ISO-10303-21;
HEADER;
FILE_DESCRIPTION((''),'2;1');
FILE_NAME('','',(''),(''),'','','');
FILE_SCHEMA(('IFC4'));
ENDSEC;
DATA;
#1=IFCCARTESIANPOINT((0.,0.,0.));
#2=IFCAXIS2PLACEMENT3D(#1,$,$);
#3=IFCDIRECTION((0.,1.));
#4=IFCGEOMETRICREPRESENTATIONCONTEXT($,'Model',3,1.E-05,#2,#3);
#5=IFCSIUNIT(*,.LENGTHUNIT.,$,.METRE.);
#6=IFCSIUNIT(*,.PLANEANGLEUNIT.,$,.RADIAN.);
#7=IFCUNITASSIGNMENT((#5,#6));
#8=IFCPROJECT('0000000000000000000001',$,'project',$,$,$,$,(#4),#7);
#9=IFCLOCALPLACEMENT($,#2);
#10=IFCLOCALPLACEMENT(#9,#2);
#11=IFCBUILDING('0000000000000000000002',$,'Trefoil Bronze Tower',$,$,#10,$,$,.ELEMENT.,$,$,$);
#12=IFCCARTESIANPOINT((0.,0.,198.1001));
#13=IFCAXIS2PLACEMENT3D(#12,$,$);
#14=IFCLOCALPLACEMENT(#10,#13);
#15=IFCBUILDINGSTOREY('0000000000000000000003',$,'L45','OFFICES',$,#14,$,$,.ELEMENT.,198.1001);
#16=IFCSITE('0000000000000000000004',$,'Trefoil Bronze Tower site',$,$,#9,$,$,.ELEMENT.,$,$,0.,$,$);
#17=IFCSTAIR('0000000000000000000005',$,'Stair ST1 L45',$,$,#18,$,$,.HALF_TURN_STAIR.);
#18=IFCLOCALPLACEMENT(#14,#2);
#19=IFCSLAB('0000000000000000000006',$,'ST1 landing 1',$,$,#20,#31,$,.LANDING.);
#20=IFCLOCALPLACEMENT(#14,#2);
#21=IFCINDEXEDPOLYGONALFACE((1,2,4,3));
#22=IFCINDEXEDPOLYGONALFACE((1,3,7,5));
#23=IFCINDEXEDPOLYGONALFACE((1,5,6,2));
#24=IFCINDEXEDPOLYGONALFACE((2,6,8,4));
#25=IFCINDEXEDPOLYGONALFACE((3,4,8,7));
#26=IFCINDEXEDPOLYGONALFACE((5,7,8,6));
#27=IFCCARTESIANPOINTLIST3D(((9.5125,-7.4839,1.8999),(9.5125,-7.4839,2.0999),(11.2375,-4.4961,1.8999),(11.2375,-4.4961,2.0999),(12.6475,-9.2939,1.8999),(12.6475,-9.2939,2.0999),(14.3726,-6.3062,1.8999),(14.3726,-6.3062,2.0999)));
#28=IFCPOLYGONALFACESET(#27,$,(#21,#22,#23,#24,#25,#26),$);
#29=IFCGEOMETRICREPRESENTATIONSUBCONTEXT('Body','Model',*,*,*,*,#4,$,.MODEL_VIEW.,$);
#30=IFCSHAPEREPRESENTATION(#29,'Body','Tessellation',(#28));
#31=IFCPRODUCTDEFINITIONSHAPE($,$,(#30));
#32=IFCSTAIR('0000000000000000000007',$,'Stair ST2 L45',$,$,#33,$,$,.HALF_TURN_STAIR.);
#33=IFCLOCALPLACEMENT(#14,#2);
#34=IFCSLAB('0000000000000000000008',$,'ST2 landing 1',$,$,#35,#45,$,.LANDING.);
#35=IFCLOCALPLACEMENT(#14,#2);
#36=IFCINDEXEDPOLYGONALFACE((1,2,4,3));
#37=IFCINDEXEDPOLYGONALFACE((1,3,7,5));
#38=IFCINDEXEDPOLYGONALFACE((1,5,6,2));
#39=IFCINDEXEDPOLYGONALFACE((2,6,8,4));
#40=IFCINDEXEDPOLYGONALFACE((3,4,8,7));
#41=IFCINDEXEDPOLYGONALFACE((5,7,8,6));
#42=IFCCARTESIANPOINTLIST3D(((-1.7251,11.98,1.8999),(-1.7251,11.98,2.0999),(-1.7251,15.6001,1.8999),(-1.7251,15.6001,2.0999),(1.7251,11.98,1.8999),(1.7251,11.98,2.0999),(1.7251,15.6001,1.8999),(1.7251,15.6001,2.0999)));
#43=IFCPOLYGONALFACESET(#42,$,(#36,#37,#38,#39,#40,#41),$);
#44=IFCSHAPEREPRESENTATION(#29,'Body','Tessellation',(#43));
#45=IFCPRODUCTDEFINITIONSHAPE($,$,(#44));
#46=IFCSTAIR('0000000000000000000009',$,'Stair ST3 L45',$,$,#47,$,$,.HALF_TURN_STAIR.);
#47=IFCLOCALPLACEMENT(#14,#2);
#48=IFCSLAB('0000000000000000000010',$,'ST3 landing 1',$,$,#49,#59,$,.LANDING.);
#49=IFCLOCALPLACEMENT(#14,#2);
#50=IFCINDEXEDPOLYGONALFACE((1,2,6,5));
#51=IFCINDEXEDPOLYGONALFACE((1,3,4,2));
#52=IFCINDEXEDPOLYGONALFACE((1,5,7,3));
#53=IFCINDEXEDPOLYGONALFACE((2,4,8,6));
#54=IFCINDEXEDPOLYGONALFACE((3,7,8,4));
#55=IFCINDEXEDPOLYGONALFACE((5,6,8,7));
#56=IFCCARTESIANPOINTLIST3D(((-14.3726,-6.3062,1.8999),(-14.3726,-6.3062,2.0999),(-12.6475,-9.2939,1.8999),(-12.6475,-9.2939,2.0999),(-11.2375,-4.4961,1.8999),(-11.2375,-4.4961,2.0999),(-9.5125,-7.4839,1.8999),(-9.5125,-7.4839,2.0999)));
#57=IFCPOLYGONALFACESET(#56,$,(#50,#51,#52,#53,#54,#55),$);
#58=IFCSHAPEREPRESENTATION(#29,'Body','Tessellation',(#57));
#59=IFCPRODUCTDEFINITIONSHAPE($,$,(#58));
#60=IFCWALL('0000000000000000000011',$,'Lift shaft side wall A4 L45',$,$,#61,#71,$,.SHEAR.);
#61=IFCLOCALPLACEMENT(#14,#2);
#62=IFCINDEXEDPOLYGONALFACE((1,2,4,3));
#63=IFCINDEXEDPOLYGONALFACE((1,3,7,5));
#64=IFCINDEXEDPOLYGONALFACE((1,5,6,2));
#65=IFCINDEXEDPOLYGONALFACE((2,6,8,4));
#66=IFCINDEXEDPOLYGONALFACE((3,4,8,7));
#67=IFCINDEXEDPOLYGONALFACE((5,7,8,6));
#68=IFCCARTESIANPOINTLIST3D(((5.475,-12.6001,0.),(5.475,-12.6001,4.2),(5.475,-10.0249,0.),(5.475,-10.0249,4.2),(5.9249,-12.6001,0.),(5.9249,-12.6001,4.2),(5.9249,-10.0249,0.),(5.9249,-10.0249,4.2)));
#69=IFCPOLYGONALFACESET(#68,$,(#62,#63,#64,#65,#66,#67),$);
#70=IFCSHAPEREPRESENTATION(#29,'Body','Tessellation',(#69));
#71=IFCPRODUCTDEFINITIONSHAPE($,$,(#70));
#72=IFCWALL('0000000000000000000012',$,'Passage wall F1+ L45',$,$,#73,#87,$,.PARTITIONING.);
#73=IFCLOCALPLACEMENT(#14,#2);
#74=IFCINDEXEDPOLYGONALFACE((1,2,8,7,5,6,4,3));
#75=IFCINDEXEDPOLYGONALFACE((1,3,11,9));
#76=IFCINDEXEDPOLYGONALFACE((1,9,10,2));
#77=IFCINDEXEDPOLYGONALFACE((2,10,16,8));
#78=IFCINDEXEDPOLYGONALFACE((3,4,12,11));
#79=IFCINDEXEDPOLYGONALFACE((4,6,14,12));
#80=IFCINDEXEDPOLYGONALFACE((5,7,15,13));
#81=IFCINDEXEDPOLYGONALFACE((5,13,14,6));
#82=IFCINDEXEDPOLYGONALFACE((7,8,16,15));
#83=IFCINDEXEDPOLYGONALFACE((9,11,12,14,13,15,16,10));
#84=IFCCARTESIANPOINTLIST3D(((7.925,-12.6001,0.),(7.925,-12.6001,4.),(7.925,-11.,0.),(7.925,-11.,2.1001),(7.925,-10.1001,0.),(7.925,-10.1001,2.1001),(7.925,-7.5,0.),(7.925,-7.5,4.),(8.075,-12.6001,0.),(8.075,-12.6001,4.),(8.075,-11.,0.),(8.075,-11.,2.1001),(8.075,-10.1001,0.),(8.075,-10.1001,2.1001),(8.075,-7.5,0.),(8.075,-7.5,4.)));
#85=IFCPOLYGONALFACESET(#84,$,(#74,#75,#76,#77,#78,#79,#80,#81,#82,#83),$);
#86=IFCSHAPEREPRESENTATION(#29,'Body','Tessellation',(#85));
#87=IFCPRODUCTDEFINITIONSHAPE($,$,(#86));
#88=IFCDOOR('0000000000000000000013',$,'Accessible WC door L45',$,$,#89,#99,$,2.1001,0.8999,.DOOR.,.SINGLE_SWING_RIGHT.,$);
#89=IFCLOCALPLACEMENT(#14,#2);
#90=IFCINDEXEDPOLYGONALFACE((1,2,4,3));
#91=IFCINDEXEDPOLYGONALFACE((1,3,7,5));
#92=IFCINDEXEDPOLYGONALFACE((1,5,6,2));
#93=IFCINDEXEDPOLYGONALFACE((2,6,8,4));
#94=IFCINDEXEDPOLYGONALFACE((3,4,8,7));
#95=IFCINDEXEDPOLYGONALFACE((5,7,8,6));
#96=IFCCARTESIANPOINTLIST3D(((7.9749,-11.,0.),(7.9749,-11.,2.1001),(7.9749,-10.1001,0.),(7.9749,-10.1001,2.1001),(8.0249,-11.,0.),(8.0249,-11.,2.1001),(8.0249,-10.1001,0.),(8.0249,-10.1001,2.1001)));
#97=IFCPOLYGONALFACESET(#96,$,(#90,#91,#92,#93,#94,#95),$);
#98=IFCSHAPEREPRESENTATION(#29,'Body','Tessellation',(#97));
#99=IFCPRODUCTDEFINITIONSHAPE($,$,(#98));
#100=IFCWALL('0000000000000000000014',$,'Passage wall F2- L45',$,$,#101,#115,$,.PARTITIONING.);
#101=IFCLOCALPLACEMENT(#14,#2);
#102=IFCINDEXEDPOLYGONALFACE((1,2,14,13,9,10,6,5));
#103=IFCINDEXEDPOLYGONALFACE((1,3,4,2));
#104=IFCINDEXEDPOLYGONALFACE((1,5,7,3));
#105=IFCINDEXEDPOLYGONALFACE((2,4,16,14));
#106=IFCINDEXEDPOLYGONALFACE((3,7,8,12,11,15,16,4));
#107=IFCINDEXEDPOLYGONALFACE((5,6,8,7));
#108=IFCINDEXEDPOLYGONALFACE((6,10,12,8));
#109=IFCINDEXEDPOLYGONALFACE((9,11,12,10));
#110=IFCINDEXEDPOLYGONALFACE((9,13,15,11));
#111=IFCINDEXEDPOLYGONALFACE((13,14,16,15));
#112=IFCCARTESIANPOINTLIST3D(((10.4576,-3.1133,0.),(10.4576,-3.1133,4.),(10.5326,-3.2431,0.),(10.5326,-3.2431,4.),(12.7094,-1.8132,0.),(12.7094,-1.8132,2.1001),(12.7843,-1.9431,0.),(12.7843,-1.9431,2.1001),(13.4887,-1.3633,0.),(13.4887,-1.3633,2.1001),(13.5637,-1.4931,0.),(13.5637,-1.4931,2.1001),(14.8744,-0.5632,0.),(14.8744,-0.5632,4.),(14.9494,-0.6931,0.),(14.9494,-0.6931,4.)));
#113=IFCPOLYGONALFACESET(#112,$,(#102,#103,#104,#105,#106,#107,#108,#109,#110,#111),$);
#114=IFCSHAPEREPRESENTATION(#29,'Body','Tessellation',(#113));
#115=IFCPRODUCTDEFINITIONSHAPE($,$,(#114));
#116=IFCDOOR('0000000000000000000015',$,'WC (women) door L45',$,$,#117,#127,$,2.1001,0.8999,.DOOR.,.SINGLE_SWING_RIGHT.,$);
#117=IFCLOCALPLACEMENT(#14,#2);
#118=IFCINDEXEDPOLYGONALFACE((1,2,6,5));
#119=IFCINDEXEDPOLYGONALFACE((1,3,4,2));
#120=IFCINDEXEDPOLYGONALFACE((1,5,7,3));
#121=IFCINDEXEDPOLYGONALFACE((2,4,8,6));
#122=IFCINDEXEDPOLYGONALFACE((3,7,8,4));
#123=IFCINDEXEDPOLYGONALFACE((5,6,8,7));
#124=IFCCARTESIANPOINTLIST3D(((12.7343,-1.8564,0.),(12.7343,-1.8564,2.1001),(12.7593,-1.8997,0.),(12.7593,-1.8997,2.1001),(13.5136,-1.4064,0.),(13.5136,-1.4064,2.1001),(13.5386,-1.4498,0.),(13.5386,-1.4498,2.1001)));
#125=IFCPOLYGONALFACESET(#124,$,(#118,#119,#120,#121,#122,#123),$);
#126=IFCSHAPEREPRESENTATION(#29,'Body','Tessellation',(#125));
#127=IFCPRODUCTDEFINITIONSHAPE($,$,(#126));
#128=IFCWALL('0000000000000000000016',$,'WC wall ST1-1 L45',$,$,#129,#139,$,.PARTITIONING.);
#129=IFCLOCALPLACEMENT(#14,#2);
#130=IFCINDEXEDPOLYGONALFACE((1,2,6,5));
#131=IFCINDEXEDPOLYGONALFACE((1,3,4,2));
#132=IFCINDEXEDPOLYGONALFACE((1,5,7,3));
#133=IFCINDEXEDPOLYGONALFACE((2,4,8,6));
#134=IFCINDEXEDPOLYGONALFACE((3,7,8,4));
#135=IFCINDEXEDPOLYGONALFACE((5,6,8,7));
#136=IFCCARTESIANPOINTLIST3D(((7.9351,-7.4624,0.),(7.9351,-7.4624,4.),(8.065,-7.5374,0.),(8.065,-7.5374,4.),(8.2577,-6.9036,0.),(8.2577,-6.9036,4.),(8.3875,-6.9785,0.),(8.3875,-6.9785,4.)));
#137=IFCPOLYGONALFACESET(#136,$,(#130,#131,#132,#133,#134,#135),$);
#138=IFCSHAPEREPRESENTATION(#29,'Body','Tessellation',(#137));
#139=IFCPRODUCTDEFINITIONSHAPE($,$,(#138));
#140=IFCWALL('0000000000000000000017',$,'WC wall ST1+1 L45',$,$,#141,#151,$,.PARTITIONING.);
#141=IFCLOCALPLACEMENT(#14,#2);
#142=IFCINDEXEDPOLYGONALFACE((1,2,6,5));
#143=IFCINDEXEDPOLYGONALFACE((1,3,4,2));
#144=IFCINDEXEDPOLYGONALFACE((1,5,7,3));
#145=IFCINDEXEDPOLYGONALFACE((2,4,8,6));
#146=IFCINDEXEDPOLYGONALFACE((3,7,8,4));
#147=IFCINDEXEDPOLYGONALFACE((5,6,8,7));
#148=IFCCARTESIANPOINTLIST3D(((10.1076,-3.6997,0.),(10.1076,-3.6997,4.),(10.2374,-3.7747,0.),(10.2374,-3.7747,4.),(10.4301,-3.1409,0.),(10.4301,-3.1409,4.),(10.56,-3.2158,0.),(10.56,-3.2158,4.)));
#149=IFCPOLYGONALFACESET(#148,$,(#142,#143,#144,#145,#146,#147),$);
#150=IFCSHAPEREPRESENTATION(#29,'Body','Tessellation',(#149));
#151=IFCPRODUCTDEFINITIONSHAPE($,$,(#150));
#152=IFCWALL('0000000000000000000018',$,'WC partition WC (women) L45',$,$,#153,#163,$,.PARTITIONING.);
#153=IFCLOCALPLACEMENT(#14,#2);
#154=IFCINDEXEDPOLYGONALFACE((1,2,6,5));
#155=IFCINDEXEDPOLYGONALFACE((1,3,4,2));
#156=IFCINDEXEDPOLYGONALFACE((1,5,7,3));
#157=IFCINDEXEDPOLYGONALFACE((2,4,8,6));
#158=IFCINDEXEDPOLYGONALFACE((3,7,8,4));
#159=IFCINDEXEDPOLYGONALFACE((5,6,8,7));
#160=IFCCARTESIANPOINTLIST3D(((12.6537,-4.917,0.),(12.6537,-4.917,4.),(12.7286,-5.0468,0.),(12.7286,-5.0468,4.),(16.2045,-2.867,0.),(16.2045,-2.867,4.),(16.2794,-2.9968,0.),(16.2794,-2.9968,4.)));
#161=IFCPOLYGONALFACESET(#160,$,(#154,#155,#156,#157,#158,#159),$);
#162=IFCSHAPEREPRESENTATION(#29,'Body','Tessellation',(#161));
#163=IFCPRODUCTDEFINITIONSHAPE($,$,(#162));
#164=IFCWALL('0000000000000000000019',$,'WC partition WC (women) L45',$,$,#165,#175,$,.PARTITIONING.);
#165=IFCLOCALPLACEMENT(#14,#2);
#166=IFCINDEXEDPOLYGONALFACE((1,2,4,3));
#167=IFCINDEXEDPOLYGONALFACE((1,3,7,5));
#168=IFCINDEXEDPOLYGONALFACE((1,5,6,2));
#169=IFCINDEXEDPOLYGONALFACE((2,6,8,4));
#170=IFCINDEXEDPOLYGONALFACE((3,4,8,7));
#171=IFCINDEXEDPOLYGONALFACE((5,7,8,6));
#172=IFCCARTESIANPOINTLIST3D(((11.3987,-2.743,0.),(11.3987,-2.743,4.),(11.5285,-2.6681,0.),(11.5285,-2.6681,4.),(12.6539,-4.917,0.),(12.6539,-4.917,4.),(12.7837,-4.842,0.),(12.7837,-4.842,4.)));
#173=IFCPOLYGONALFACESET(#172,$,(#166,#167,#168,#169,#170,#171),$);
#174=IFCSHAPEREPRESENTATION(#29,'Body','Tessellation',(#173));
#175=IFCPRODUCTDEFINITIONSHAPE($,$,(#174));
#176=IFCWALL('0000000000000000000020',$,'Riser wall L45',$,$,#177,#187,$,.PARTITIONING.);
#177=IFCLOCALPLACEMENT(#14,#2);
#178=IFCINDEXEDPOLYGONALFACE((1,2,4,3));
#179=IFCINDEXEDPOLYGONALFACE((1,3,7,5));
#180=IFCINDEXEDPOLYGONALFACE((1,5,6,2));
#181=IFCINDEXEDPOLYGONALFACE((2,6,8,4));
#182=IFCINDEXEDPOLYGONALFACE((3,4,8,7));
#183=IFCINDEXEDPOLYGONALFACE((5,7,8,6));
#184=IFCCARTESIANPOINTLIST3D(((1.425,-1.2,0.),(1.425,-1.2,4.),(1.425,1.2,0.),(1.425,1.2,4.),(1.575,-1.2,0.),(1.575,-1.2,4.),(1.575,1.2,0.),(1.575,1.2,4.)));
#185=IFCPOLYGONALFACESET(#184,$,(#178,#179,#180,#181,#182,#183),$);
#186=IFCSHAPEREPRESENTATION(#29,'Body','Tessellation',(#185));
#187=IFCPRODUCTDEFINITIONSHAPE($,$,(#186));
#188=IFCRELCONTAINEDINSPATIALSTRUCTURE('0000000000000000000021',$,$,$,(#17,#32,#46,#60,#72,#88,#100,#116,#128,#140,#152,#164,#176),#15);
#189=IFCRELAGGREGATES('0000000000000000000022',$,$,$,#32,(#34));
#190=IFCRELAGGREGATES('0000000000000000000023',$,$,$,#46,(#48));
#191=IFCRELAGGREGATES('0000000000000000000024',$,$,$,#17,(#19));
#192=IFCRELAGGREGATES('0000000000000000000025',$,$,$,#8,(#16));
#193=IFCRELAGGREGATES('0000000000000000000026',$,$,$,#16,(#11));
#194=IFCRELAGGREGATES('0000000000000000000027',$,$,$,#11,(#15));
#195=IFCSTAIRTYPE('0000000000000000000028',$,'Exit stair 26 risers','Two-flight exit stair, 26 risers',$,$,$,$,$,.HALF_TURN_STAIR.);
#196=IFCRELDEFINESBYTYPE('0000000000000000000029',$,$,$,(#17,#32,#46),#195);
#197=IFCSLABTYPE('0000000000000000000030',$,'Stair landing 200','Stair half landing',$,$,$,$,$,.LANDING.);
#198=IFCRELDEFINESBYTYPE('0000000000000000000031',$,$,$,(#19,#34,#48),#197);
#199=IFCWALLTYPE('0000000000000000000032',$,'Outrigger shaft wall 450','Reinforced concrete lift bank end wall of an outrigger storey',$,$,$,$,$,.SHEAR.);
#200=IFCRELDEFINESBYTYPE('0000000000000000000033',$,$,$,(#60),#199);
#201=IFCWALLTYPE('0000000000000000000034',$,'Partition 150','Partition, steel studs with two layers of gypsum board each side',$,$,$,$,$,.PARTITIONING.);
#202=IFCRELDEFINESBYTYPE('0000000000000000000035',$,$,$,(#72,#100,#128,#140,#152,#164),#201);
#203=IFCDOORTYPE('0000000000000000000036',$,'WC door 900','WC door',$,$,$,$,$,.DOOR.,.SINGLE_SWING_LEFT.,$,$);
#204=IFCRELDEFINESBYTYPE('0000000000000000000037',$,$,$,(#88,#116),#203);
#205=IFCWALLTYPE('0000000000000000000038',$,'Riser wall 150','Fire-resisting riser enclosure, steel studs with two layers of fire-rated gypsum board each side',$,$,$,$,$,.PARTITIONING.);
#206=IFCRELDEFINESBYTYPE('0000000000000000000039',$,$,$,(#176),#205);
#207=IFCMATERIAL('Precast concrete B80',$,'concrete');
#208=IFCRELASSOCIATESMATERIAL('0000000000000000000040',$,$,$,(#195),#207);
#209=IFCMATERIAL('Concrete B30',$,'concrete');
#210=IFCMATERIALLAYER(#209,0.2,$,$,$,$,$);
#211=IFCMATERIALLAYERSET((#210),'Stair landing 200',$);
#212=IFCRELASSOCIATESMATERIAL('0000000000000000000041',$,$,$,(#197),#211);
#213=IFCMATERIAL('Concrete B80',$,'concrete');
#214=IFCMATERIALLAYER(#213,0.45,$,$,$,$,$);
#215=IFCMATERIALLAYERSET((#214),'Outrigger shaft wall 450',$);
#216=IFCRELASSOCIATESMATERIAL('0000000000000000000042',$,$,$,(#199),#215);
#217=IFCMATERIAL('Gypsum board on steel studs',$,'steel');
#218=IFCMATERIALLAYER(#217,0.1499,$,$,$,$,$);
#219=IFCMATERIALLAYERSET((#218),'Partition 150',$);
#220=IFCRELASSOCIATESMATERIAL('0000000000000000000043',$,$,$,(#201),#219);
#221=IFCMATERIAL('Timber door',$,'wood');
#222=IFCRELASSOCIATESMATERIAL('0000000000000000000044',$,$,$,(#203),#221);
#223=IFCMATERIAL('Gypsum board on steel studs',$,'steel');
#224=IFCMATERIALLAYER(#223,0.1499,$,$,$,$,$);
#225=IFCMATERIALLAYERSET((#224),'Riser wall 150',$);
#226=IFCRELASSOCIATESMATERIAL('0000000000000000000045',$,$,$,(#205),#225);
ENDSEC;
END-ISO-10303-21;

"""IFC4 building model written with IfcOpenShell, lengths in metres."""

from ifc_helpers import new_model, si_unit, direction, frame, frame_2d, origin, place, context, subcontext, project, spatial, polyline, rectangle, outline, extrude, material, layer, layer_set, type_object, element, fill, aggregate, save


model = new_model("IFC4")

# Units and contexts
model_context = context("Model", 3, precision=1e-05, world=origin(), true_north=direction((0.0, 1.0)))
body_context = subcontext(model_context, "Body", "Model", "MODEL_VIEW")
ifc_project = project(units=[si_unit("LENGTHUNIT", "METRE"), si_unit("PLANEANGLEUNIT", "RADIAN")], contexts=[model_context])

# Site, building, storey
site_placement = place(None, origin())
site = spatial("IfcSite", under=ifc_project, at=site_placement, Name="Trefoil Bronze Tower site", CompositionType="ELEMENT", RefElevation=0.0)
building_placement = place(site_placement, origin())
building = spatial("IfcBuilding", under=site, at=building_placement, Name="Trefoil Bronze Tower", CompositionType="ELEMENT")
storey_placement = place(building_placement, frame((0.0, 0.0, 198.1001)))
storey = spatial("IfcBuildingStorey", under=building, at=storey_placement, Name="L45", Description="OFFICES", CompositionType="ELEMENT", Elevation=198.1001)

# Stairs, slabs
ifc_material_1 = material(Name="Precast concrete B80", Category="concrete")
stair_type = type_object("IfcStairType", Name="Exit stair 26 risers", Description="Two-flight exit stair, 26 risers", PredefinedType="HALF_TURN_STAIR", material=ifc_material_1)
stair_1_placement = place(storey_placement, origin())
stair_1 = element("IfcStair", 1, at=stair_1_placement, inside=storey, type_object=stair_type, Name="Stair ST1 L45", PredefinedType="HALF_TURN_STAIR")
ifc_material_2 = material(Name="Concrete B30", Category="concrete")
ifc_layer_1 = layer(ifc_material_2, 0.2)
ifc_layer_set_1 = layer_set([ifc_layer_1], Name="Stair landing 200")
slab_type = type_object("IfcSlabType", Name="Stair landing 200", Description="Stair half landing", PredefinedType="LANDING", material=ifc_layer_set_1)
slab_1_placement = place(storey_placement, frame((0.0, 0.0, 1.8999)))
slab_1 = element("IfcSlab", 2, at=slab_1_placement, type_object=slab_type, Name="ST1 landing 1", PredefinedType="LANDING", context=body_context, shape_type="SweptSolid", body=[
    extrude(outline(polyline([(9.5125, -7.4839), (12.6475, -9.2939), (14.3726, -6.3062), (11.2375, -4.4961), (9.5125, -7.4839)])), origin(), (0.0, 0.0, 1.0), 0.2),
])
stair_2_placement = place(storey_placement, origin())
stair_2 = element("IfcStair", 3, at=stair_2_placement, inside=storey, type_object=stair_type, Name="Stair ST2 L45", PredefinedType="HALF_TURN_STAIR")
slab_2_placement = place(storey_placement, frame((0.0, 0.0, 1.8999)))
slab_2 = element("IfcSlab", 4, at=slab_2_placement, type_object=slab_type, Name="ST2 landing 1", PredefinedType="LANDING", context=body_context, shape_type="SweptSolid", body=[
    extrude(outline(polyline([(1.7251, 11.98), (1.7251, 15.6001), (-1.7251, 15.6001), (-1.7251, 11.98), (1.7251, 11.98)])), origin(), (0.0, 0.0, 1.0), 0.2),
])
aggregate(stair_2, [slab_2])
stair_3_placement = place(storey_placement, origin())
stair_3 = element("IfcStair", 5, at=stair_3_placement, inside=storey, type_object=stair_type, Name="Stair ST3 L45", PredefinedType="HALF_TURN_STAIR")
slab_3_placement = place(storey_placement, frame((0.0, 0.0, 1.8999)))
slab_3 = element("IfcSlab", 6, at=slab_3_placement, type_object=slab_type, Name="ST3 landing 1", PredefinedType="LANDING", context=body_context, shape_type="SweptSolid", body=[
    extrude(outline(polyline([(-11.2375, -4.4961), (-14.3726, -6.3062), (-12.6475, -9.2939), (-9.5125, -7.4839), (-11.2375, -4.4961)])), origin(), (0.0, 0.0, 1.0), 0.2),
])
aggregate(stair_3, [slab_3])

# Wall
ifc_material_3 = material(Name="Concrete B80", Category="concrete")
ifc_layer_2 = layer(ifc_material_3, 0.45)
ifc_layer_set_2 = layer_set([ifc_layer_2], Name="Outrigger shaft wall 450")
wall_type_1 = type_object("IfcWallType", Name="Outrigger shaft wall 450", Description="Reinforced concrete lift bank end wall of an outrigger storey", PredefinedType="SHEAR", material=ifc_layer_set_2)
wall_1_placement = place(storey_placement, frame((5.7, -10.0249, 0.0), z_axis=(0.0, 0.0, 1.0), x_axis=(0.0, -1.0, 0.0)))
element("IfcWall", 7, at=wall_1_placement, inside=storey, type_object=wall_type_1, Name="Lift shaft side wall A4 L45", PredefinedType="SHEAR", context=body_context, shape_type="SweptSolid", body=[
    extrude(rectangle(XDim=2.5752, YDim=0.45, at=frame_2d((1.2876, 0.0))), origin(), (0.0, 0.0, 1.0), 4.2),
])

# Walls, openings, doors
ifc_material_4 = material(Name="Gypsum board on steel studs", Category="steel")
ifc_layer_3 = layer(ifc_material_4, 0.1499)
ifc_layer_set_3 = layer_set([ifc_layer_3], Name="Partition 150")
wall_type_2 = type_object("IfcWallType", Name="Partition 150", Description="Partition, steel studs with two layers of gypsum board each side", PredefinedType="PARTITIONING", material=ifc_layer_set_3)
wall_2_placement = place(storey_placement, frame((8.0, -7.5, 0.0), z_axis=(0.0, 0.0, 1.0), x_axis=(0.0, -1.0, 0.0)))
wall_2 = element("IfcWall", 8, at=wall_2_placement, inside=storey, type_object=wall_type_2, Name="Passage wall F1+ L45", PredefinedType="PARTITIONING", context=body_context, shape_type="SweptSolid", body=[
    extrude(rectangle(XDim=5.1001, YDim=0.1499, at=frame_2d((2.55, 0.0))), origin(), (0.0, 0.0, 1.0), 4.0),
])
opening_1_placement = place(wall_2_placement, frame((2.6001, 0.0, 0.0)))
opening_1 = element("IfcOpeningElement", 9, at=opening_1_placement, cuts=wall_2, PredefinedType="OPENING", context=body_context, shape_type="SweptSolid", body=[
    extrude(rectangle(XDim=0.8999, YDim=2.1001, at=frame_2d((0.45, 1.05))), frame((0.0, 0.085, 0.0), z_axis=(0.0, -1.0, 0.0), x_axis=(1.0, 0.0, 0.0)), (0.0, 0.0, 1.0), 0.1699),
])
ifc_material_5 = material(Name="Timber door", Category="wood")
door_type_1 = type_object("IfcDoorType", Name="WC door 900", Description="WC door", OperationType="SINGLE_SWING_LEFT", PredefinedType="DOOR", material=ifc_material_5)
door_1_placement = place(opening_1_placement, origin())
door_1 = element("IfcDoor", 10, at=door_1_placement, inside=storey, type_object=door_type_1, Name="Accessible WC door L45", OperationType="SINGLE_SWING_RIGHT", OverallHeight=2.1001, OverallWidth=0.8999, PredefinedType="DOOR", context=body_context, shape_type="SweptSolid", body=[
    extrude(rectangle(XDim=0.8999, YDim=2.1001, at=frame_2d((0.45, 1.05))), frame((0.0, 0.0249, 0.0), z_axis=(0.0, -1.0, 0.0), x_axis=(1.0, 0.0, 0.0)), (0.0, 0.0, 1.0), 0.05),
])
fill(opening_1, door_1)
wall_3_placement = place(storey_placement, frame((10.4951, -3.1782, 0.0), z_axis=(0.0, 0.0, 1.0), x_axis=(0.866022, 0.500006, 0.0)))
wall_3 = element("IfcWall", 11, at=wall_3_placement, inside=storey, type_object=wall_type_2, Name="Passage wall F2- L45", PredefinedType="PARTITIONING", context=body_context, shape_type="SweptSolid", body=[
    extrude(rectangle(XDim=5.1001, YDim=0.1499, at=frame_2d((2.55, 0.0))), origin(), (0.0, 0.0, 1.0), 4.0),
])
opening_2_placement = place(wall_3_placement, frame((2.6001, 0.0, 0.0)))
opening_2 = element("IfcOpeningElement", 12, at=opening_2_placement, cuts=wall_3, PredefinedType="OPENING", context=body_context, shape_type="SweptSolid", body=[
    extrude(rectangle(XDim=0.8999, YDim=2.1001, at=frame_2d((0.45, 1.05))), frame((0.0, 0.085, 0.0), z_axis=(0.0, -1.0, 0.0), x_axis=(1.0, 0.0, 0.0)), (0.0, 0.0, 1.0), 0.1699),
])
door_2_placement = place(opening_2_placement, frame((0.8999, 0.0, 0.0), z_axis=(0.0, 0.0, 1.0), x_axis=(-1.0, 0.0, 0.0)))
door_2 = element("IfcDoor", 13, at=door_2_placement, inside=storey, type_object=door_type_1, Name="WC (women) door L45", OperationType="SINGLE_SWING_RIGHT", OverallHeight=2.1001, OverallWidth=0.8999, PredefinedType="DOOR", context=body_context, shape_type="SweptSolid", body=[
    extrude(rectangle(XDim=0.8999, YDim=2.1001, at=frame_2d((0.45, 1.05))), frame((0.0, 0.0249, 0.0), z_axis=(0.0, -1.0, 0.0), x_axis=(1.0, 0.0, 0.0)), (0.0, 0.0, 1.0), 0.05),
])
fill(opening_2, door_2)

# Walls
for number, where, z_axis, x_axis, name in (
    (14, (8.0, -7.5, 0.0), (0.0, 0.0, 1.0), (0.499843, 0.866116, 0.0), "WC wall ST1-1 L45"),
    (15, (10.4951, -3.1782, 0.0), (0.0, 0.0, 1.0), (-0.499843, -0.866116, 0.0), "WC wall ST1+1 L45"),
):
    element("IfcWall", number, at=place(storey_placement, frame(where, z_axis=z_axis, x_axis=x_axis)), inside=storey, type_object=wall_type_2, Name=name, PredefinedType="PARTITIONING", context=body_context, shape_type="SweptSolid", body=[
        extrude(rectangle(XDim=0.6453, YDim=0.1499, at=frame_2d((0.3228, 0.0))), origin(), (0.0, 0.0, 1.0), 4.0),
    ])
wall_4_placement = place(storey_placement, frame((12.6912, -4.9819, 0.0), z_axis=(0.0, 0.0, 1.0), x_axis=(0.866025, 0.500001, 0.0)))
element("IfcWall", 16, at=wall_4_placement, inside=storey, type_object=wall_type_2, Name="WC partition WC (women) L45", PredefinedType="PARTITIONING", context=body_context, shape_type="SweptSolid", body=[
    extrude(rectangle(XDim=4.1001, YDim=0.1499, at=frame_2d((2.05, 0.0))), origin(), (0.0, 0.0, 1.0), 4.0),
])
wall_5_placement = place(storey_placement, frame((11.4636, -2.7056, 0.0), z_axis=(0.0, 0.0, 1.0), x_axis=(0.50002, -0.866014, 0.0)))
element("IfcWall", 17, at=wall_5_placement, inside=storey, type_object=wall_type_2, Name="WC partition WC (women) L45", PredefinedType="PARTITIONING", context=body_context, shape_type="SweptSolid", body=[
    extrude(rectangle(XDim=2.5103, YDim=0.1499, at=frame_2d((1.2551, 0.0))), origin(), (0.0, 0.0, 1.0), 4.0),
])
ifc_material_6 = material(Name="Gypsum board on steel studs", Category="steel")
ifc_layer_4 = layer(ifc_material_6, 0.1499)
ifc_layer_set_4 = layer_set([ifc_layer_4], Name="Riser wall 150")
wall_type_3 = type_object("IfcWallType", Name="Riser wall 150", Description="Fire-resisting riser enclosure, steel studs with two layers of fire-rated gypsum board each side", PredefinedType="PARTITIONING", material=ifc_layer_set_4)
wall_6_placement = place(storey_placement, frame((1.5, -1.2, 0.0), z_axis=(0.0, 0.0, 1.0), x_axis=(0.0, 1.0, 0.0)))
element("IfcWall", 18, at=wall_6_placement, inside=storey, type_object=wall_type_3, Name="Riser wall L45", PredefinedType="PARTITIONING", context=body_context, shape_type="SweptSolid", body=[
    extrude(rectangle(XDim=2.3999, YDim=0.1499, at=frame_2d((1.2, 0.0))), origin(), (0.0, 0.0, 1.0), 4.0),
])

aggregate(stair_1, [slab_1])

save(model, "model.ifc")
